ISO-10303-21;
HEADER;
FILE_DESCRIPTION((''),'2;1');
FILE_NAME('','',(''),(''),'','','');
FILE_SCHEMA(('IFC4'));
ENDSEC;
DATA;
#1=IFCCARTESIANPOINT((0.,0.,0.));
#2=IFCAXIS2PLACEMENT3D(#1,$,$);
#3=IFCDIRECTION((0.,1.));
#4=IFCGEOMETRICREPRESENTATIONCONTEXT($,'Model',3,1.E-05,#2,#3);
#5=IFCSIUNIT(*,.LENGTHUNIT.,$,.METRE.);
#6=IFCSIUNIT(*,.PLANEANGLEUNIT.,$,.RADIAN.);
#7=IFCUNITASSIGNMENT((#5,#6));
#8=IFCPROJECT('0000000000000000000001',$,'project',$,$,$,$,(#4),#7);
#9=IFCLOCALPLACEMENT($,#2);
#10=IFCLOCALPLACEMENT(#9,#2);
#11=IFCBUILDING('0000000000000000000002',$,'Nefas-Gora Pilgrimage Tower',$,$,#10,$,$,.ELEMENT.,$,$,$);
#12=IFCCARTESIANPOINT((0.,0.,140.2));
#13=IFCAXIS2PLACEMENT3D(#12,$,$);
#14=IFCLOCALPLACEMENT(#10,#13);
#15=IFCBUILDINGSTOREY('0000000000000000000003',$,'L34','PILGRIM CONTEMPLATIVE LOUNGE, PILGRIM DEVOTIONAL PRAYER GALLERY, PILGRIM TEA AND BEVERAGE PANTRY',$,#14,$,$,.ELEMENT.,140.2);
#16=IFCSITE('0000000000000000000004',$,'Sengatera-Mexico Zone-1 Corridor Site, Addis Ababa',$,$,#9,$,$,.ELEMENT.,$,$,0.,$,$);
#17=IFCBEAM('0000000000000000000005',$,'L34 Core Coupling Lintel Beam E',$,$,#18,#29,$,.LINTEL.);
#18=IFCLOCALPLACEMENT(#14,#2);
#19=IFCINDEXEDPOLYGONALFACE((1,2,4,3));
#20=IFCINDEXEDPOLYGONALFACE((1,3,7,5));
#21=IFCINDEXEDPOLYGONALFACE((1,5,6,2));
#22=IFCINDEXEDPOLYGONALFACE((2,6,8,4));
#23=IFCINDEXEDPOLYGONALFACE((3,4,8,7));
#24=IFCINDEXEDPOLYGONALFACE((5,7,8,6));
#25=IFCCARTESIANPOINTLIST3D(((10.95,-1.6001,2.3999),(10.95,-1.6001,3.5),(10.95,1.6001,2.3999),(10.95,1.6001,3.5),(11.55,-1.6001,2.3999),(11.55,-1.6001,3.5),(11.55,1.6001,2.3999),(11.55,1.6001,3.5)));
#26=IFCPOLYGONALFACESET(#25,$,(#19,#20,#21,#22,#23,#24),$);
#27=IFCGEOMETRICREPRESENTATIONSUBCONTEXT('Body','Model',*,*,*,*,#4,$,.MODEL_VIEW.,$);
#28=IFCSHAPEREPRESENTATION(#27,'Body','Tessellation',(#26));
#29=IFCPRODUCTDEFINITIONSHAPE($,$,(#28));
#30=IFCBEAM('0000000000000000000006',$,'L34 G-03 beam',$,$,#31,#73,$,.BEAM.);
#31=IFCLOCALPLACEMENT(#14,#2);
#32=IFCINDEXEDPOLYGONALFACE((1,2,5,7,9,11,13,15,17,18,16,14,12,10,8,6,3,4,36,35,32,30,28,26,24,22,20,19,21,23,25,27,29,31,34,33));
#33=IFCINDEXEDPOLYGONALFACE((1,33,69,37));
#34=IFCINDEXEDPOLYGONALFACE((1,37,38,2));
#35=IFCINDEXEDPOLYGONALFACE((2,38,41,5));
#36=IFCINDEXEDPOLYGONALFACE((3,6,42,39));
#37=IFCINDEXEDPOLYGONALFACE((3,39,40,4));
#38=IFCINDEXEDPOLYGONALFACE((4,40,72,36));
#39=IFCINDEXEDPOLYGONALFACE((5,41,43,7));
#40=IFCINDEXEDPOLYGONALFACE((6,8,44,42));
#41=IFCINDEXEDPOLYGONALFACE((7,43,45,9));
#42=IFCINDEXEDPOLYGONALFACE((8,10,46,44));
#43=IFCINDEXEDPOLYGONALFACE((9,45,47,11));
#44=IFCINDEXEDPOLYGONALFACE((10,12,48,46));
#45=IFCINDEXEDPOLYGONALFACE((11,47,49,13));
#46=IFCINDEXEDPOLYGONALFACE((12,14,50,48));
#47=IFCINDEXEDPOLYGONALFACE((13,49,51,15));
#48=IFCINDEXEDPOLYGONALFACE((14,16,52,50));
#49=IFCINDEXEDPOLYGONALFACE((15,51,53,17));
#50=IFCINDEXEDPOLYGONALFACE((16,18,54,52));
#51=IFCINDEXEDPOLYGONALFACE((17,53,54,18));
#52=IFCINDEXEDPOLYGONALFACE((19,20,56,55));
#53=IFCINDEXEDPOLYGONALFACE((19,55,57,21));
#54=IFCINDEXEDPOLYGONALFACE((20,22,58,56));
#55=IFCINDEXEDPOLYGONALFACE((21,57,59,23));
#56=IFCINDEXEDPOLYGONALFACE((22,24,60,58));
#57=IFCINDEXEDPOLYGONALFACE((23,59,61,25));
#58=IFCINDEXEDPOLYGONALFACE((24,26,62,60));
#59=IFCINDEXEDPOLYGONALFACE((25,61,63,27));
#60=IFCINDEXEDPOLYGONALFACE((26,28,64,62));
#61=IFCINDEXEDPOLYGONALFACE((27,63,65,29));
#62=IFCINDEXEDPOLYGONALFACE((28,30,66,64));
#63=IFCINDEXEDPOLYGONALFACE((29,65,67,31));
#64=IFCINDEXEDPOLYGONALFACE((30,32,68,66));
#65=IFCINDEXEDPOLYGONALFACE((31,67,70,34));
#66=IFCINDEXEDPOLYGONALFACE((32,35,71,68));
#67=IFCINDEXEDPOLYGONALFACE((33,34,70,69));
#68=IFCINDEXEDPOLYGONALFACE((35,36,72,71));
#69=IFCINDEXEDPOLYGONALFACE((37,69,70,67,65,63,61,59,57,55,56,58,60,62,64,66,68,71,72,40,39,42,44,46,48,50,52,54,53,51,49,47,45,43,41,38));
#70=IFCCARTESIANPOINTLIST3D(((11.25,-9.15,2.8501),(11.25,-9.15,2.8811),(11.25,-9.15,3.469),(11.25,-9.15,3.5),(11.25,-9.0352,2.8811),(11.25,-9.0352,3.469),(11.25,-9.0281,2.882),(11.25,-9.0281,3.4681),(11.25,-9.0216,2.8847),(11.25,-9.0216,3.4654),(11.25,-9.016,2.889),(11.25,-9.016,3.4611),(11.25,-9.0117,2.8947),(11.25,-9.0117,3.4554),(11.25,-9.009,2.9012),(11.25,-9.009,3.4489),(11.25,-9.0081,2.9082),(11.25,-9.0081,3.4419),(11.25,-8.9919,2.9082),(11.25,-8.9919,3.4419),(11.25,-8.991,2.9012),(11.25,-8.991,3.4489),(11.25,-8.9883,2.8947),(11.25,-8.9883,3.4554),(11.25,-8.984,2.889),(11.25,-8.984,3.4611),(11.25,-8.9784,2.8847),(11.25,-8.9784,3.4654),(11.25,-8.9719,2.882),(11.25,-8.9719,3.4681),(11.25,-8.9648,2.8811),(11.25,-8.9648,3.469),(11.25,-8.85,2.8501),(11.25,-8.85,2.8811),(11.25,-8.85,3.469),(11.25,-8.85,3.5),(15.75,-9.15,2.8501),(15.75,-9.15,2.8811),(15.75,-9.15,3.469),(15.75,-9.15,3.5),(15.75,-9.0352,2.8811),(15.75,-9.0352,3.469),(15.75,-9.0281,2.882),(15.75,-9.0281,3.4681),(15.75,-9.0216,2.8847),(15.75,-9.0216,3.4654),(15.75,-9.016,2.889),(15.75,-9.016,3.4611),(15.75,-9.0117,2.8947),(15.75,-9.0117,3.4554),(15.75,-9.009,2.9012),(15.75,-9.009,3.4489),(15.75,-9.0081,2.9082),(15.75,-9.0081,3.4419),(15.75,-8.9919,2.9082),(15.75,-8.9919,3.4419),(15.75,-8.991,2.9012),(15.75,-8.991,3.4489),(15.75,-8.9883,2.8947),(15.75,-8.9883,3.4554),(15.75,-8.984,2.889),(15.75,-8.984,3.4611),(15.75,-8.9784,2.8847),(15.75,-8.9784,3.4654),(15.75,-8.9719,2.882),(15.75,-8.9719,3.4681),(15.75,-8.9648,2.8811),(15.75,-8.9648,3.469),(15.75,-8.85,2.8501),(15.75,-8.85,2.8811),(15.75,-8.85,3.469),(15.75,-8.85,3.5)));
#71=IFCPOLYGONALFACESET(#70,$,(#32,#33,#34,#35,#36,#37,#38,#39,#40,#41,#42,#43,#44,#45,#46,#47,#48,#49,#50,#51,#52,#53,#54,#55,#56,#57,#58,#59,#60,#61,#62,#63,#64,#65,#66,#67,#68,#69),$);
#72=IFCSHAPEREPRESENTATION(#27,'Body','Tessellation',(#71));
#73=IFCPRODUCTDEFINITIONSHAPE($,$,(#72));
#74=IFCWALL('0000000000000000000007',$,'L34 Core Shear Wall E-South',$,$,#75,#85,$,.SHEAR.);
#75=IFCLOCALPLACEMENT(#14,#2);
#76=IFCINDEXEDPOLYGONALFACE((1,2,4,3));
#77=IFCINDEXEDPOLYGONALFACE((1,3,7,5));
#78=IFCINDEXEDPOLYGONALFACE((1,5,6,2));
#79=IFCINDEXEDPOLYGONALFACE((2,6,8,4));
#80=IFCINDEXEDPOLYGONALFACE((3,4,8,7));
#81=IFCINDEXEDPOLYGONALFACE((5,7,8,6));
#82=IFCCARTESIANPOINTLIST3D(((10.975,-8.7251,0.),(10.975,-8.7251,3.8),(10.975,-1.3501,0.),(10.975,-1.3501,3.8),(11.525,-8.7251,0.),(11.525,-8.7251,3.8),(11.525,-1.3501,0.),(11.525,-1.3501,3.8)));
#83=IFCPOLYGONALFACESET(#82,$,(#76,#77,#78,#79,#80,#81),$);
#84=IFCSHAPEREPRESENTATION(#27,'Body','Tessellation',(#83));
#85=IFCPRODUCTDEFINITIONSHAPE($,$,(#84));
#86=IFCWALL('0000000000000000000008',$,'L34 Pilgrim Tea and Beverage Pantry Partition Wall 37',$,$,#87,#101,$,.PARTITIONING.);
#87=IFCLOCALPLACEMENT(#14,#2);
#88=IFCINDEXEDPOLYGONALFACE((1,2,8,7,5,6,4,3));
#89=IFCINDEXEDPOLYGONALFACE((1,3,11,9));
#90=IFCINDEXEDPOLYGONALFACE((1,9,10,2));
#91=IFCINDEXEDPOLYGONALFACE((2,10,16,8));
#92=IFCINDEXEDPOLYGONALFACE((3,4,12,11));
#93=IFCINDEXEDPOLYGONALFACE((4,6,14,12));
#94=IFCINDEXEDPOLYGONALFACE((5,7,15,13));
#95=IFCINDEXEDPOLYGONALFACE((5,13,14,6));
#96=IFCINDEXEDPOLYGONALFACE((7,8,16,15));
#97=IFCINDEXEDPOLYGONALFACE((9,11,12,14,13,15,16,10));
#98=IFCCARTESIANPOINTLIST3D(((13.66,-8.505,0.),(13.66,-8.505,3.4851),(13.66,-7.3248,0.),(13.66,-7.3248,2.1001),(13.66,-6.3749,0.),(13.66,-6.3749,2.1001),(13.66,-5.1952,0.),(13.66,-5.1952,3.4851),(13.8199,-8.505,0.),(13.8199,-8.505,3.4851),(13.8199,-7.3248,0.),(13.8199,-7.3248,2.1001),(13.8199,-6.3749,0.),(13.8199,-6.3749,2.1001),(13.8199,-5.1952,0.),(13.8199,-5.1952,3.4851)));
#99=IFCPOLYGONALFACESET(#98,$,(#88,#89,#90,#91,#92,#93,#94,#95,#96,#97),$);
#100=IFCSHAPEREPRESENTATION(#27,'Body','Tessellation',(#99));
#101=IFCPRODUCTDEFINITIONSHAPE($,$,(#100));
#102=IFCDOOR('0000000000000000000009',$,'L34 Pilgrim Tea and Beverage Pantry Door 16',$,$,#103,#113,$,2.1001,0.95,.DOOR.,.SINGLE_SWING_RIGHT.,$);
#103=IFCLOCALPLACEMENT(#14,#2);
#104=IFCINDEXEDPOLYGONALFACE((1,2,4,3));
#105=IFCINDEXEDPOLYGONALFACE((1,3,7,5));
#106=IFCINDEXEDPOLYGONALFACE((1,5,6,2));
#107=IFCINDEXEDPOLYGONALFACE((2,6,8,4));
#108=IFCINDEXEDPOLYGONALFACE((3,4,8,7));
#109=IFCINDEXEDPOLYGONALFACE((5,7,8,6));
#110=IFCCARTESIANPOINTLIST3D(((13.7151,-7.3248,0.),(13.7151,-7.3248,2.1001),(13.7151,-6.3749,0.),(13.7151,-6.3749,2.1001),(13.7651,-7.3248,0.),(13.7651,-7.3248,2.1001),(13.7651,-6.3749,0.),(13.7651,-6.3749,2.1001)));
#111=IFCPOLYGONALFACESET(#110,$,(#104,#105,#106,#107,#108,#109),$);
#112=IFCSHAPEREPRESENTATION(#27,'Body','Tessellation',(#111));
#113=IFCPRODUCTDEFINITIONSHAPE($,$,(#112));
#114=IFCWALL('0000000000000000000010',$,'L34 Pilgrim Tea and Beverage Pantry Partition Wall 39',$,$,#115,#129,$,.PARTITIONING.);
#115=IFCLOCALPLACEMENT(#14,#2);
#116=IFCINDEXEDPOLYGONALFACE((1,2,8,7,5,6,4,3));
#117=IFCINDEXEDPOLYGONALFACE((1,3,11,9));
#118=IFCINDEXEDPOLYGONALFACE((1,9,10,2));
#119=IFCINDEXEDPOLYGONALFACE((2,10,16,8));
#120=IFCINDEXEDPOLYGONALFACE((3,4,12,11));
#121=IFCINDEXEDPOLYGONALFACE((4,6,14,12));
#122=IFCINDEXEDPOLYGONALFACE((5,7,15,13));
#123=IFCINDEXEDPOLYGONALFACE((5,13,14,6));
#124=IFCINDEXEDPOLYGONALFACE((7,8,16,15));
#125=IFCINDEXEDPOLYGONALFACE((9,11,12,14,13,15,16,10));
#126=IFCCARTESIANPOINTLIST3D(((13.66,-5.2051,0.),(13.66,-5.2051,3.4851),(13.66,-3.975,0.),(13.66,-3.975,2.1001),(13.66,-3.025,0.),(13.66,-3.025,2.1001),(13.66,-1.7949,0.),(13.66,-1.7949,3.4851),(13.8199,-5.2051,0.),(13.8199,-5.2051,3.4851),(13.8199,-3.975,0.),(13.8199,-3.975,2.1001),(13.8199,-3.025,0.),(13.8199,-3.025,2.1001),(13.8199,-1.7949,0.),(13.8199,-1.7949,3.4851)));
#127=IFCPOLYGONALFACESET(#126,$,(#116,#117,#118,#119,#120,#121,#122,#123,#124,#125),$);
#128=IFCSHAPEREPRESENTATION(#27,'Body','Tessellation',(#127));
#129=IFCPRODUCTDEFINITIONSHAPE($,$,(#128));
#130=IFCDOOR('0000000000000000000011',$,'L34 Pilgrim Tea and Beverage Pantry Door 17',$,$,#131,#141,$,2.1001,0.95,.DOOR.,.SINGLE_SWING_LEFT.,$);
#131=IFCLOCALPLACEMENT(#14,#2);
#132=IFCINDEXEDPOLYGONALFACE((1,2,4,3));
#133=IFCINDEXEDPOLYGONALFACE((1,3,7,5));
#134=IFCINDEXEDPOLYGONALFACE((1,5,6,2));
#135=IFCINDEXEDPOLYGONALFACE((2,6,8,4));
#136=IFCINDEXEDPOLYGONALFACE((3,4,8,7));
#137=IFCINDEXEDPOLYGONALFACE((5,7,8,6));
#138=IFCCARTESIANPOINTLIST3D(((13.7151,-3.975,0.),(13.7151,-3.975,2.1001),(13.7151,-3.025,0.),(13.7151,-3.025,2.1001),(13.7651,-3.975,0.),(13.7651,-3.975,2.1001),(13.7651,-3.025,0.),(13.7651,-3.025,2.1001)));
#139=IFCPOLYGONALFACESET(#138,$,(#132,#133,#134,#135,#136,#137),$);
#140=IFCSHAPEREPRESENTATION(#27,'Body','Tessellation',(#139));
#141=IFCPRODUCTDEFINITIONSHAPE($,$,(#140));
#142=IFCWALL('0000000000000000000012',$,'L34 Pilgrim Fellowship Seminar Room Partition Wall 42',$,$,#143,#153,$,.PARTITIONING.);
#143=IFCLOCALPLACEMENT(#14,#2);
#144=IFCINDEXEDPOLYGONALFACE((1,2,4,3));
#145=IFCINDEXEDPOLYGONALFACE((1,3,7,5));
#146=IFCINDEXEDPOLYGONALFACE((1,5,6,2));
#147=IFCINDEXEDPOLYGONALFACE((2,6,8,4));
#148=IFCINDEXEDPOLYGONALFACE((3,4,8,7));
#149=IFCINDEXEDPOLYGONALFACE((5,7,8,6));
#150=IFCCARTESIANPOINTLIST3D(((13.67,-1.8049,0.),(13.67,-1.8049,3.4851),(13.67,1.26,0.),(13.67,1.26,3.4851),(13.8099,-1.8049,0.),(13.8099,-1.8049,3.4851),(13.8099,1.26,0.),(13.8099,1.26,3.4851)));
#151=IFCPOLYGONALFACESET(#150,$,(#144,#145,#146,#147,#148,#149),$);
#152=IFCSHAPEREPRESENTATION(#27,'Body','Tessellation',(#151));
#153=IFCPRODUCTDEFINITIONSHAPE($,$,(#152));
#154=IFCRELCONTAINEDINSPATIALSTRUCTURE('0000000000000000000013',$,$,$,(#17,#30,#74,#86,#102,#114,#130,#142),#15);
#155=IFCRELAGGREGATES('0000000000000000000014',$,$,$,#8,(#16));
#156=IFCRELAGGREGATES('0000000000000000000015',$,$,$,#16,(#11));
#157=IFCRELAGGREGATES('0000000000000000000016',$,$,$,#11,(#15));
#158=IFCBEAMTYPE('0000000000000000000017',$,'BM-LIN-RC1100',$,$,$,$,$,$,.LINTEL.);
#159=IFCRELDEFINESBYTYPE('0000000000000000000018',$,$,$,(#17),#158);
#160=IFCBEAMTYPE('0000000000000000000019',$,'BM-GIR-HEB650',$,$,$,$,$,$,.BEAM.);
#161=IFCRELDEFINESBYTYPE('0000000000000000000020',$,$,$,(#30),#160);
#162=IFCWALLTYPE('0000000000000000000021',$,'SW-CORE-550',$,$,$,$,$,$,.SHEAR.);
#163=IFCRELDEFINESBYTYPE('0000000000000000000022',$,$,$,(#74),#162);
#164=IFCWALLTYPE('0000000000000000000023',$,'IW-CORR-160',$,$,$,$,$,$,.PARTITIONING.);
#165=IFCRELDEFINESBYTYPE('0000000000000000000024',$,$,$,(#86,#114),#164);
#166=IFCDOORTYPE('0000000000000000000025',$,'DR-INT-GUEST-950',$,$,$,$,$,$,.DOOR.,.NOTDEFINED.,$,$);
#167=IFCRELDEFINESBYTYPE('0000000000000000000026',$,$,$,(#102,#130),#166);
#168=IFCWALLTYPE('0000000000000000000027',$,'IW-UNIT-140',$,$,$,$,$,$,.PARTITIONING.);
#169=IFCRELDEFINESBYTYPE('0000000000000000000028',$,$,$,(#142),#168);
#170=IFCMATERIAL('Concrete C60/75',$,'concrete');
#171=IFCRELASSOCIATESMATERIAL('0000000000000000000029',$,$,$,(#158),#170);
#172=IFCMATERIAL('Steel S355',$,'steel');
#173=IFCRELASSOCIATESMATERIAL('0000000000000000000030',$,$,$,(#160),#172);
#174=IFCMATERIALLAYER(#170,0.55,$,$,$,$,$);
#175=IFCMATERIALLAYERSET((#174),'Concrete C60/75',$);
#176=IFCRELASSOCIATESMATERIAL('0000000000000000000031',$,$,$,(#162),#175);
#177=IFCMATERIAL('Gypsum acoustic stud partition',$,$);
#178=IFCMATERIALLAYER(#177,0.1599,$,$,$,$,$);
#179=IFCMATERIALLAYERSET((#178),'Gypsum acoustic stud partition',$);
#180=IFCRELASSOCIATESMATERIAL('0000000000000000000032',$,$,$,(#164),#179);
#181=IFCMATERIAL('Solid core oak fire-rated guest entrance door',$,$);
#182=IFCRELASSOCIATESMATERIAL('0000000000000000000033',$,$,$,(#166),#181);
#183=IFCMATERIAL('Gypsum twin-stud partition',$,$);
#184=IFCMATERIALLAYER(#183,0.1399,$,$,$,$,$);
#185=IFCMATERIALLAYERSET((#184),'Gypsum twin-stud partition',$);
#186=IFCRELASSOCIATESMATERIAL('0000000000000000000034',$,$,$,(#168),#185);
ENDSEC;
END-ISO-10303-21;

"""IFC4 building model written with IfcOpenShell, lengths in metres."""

from ifc_helpers import new_model, si_unit, direction, frame, frame_2d, origin, origin_2d, place, context, subcontext, project, spatial, rectangle, i_section, extrude, source, transform, mapped, material, layer, layer_set, material_profile, profile_set, type_object, element, fill, save


model = new_model("IFC4")

# Units and contexts
model_context = context("Model", 3, precision=1e-05, world=origin(), true_north=direction((0.0, 1.0)))
body_context = subcontext(model_context, "Body", "Model", "MODEL_VIEW")
ifc_project = project(units=[si_unit("LENGTHUNIT", "METRE"), si_unit("PLANEANGLEUNIT", "RADIAN")], contexts=[model_context])

# Site, building, storey
site_placement = place(None, origin())
site = spatial("IfcSite", under=ifc_project, at=site_placement, Name="Sengatera-Mexico Zone-1 Corridor Site, Addis Ababa", CompositionType="ELEMENT", RefElevation=0.0)
building_placement = place(site_placement, origin())
building = spatial("IfcBuilding", under=site, at=building_placement, Name="Nefas-Gora Pilgrimage Tower", CompositionType="ELEMENT")
storey_placement = place(building_placement, frame((0.0, 0.0, 140.2)))
storey = spatial("IfcBuildingStorey", under=building, at=storey_placement, Name="L34", Description="PILGRIM CONTEMPLATIVE LOUNGE, PILGRIM DEVOTIONAL PRAYER GALLERY, PILGRIM TEA AND BEVERAGE PANTRY", CompositionType="ELEMENT", Elevation=140.2)

# Beams
ifc_material_1 = material(Name="Concrete C60/75", Category="concrete")
ifc_material_profile_1 = material_profile(ifc_material_1, rectangle(XDim=0.6001, YDim=1.1001, at=origin_2d()), Name="RC 600x1100")
ifc_profile_set_1 = profile_set([ifc_material_profile_1], Name="Concrete C60/75")
beam_type_1 = type_object("IfcBeamType", Name="BM-LIN-RC1100", PredefinedType="LINTEL", material=ifc_profile_set_1)
shared_shape_1 = source(origin(), body_context, "Body", "SweptSolid", [
    extrude(rectangle(XDim=0.6001, YDim=1.1001, at=origin_2d()), origin(), (0.0, 0.0, 1.0), 3.2002),
])
beam_1_placement = place(storey_placement, frame((11.25, -1.6001, 2.95), z_axis=(0.0, 1.0, 0.0), x_axis=(-1.0, 0.0, 0.0)))
element("IfcBeam", 1, at=beam_1_placement, inside=storey, type_object=beam_type_1, Name="L34 Core Coupling Lintel Beam E", PredefinedType="LINTEL", context=body_context, shape_type="MappedRepresentation", body=[
    mapped(shared_shape_1, transform((0.0, 0.0, 0.0), x_axis=(1.0, 0.0, 0.0), y_axis=(0.0, 1.0, 0.0), z_axis=(0.0, 0.0, 1.0), scale=1.0)),
])
ifc_material_2 = material(Name="Steel S355", Category="steel")
ifc_material_profile_2 = material_profile(ifc_material_2, i_section(OverallWidth=0.3, OverallDepth=0.6499, WebThickness=0.0161, FlangeThickness=0.031, FilletRadius=0.0271, at=origin_2d()), Name="HEB 650")
ifc_profile_set_2 = profile_set([ifc_material_profile_2], Name="Steel S355")
beam_type_2 = type_object("IfcBeamType", Name="BM-GIR-HEB650", PredefinedType="BEAM", material=ifc_profile_set_2)
shared_shape_2 = source(origin(), body_context, "Body", "SweptSolid", [
    extrude(i_section(OverallWidth=0.3, OverallDepth=0.6499, WebThickness=0.0161, FlangeThickness=0.031, FilletRadius=0.0271, at=origin_2d()), origin(), (0.0, 0.0, 1.0), 4.5),
])
beam_2_placement = place(storey_placement, frame((11.25, -9.0, 3.175), z_axis=(1.0, 0.0, 0.0), x_axis=(0.0, 1.0, 0.0)))
element("IfcBeam", 2, at=beam_2_placement, inside=storey, type_object=beam_type_2, Name="L34 G-03 beam", PredefinedType="BEAM", context=body_context, shape_type="MappedRepresentation", body=[
    mapped(shared_shape_2, transform((0.0, 0.0, 0.0), x_axis=(1.0, 0.0, 0.0), y_axis=(0.0, 1.0, 0.0), z_axis=(0.0, 0.0, 1.0), scale=1.0)),
])

# Wall
ifc_layer_1 = layer(ifc_material_1, 0.55)
ifc_layer_set_1 = layer_set([ifc_layer_1], Name="Concrete C60/75")
wall_type_1 = type_object("IfcWallType", Name="SW-CORE-550", PredefinedType="SHEAR", material=ifc_layer_set_1)
shared_shape_3 = source(origin(), body_context, "Body", "SweptSolid", [
    extrude(rectangle(XDim=7.375, YDim=0.55, at=frame_2d((3.6875, 0.0))), origin(), (0.0, 0.0, 1.0), 3.8),
])
wall_1_placement = place(storey_placement, frame((11.25, -8.7251, 0.0), z_axis=(0.0, 0.0, 1.0), x_axis=(0.0, 1.0, 0.0)))
element("IfcWall", 3, at=wall_1_placement, inside=storey, type_object=wall_type_1, Name="L34 Core Shear Wall E-South", PredefinedType="SHEAR", context=body_context, shape_type="MappedRepresentation", body=[
    mapped(shared_shape_3, transform((0.0, 0.0, 0.0), x_axis=(1.0, 0.0, 0.0), y_axis=(0.0, 1.0, 0.0), z_axis=(0.0, 0.0, 1.0), scale=1.0)),
])

# Walls, openings, doors
ifc_material_3 = material(Name="Gypsum acoustic stud partition")
ifc_layer_2 = layer(ifc_material_3, 0.1599)
ifc_layer_set_2 = layer_set([ifc_layer_2], Name="Gypsum acoustic stud partition")
wall_type_2 = type_object("IfcWallType", Name="IW-CORR-160", PredefinedType="PARTITIONING", material=ifc_layer_set_2)
shared_shape_4 = source(origin(), body_context, "Body", "SweptSolid", [
    extrude(rectangle(XDim=3.3098, YDim=0.1599, at=frame_2d((1.6548, 0.0))), origin(), (0.0, 0.0, 1.0), 3.4851),
])
wall_2_placement = place(storey_placement, frame((13.74, -8.5049, 0.0), z_axis=(0.0, 0.0, 1.0), x_axis=(0.0, 1.0, 0.0)))
wall_2 = element("IfcWall", 4, at=wall_2_placement, inside=storey, type_object=wall_type_2, Name="L34 Pilgrim Tea and Beverage Pantry Partition Wall 37", PredefinedType="PARTITIONING", context=body_context, shape_type="MappedRepresentation", body=[
    mapped(shared_shape_4, transform((0.0, 0.0, 0.0), x_axis=(1.0, 0.0, 0.0), y_axis=(0.0, 1.0, 0.0), z_axis=(0.0, 0.0, 1.0), scale=1.0)),
])
opening_1_placement = place(wall_2_placement, frame((1.1799, 0.0, 0.0)))
opening_1 = element("IfcOpeningElement", 5, at=opening_1_placement, cuts=wall_2, PredefinedType="OPENING", context=body_context, shape_type="SweptSolid", body=[
    extrude(rectangle(XDim=0.95, YDim=2.1001, at=frame_2d((0.4751, 1.05))), frame((0.0, 0.0898, 0.0), z_axis=(0.0, -1.0, 0.0), x_axis=(1.0, 0.0, 0.0)), (0.0, 0.0, 1.0), 0.1799),
])
ifc_material_4 = material(Name="Solid core oak fire-rated guest entrance door")
door_type_1 = type_object("IfcDoorType", Name="DR-INT-GUEST-950", OperationType="NOTDEFINED", PredefinedType="DOOR", material=ifc_material_4)
shared_shape_5 = source(origin(), body_context, "Body", "SweptSolid", [
    extrude(rectangle(XDim=0.95, YDim=2.1001, at=frame_2d((0.4751, 1.05))), frame((0.0, 0.0249, 0.0), z_axis=(0.0, -1.0, 0.0), x_axis=(1.0, 0.0, 0.0)), (0.0, 0.0, 1.0), 0.05),
])
door_1_placement = place(opening_1_placement, origin())
door_1 = element("IfcDoor", 6, at=door_1_placement, inside=storey, type_object=door_type_1, Name="L34 Pilgrim Tea and Beverage Pantry Door 16", OperationType="SINGLE_SWING_RIGHT", OverallHeight=2.1001, OverallWidth=0.95, PredefinedType="DOOR", context=body_context, shape_type="MappedRepresentation", body=[
    mapped(shared_shape_5, transform((0.0, 0.0, 0.0), x_axis=(1.0, 0.0, 0.0), y_axis=(0.0, 1.0, 0.0), z_axis=(0.0, 0.0, 1.0), scale=1.0)),
])
fill(opening_1, door_1)
shared_shape_6 = source(origin(), body_context, "Body", "SweptSolid", [
    extrude(rectangle(XDim=3.4102, YDim=0.1599, at=frame_2d((1.7051, 0.0))), origin(), (0.0, 0.0, 1.0), 3.4851),
])
wall_3_placement = place(storey_placement, frame((13.74, -5.2051, 0.0), z_axis=(0.0, 0.0, 1.0), x_axis=(0.0, 1.0, 0.0)))
wall_3 = element("IfcWall", 7, at=wall_3_placement, inside=storey, type_object=wall_type_2, Name="L34 Pilgrim Tea and Beverage Pantry Partition Wall 39", PredefinedType="PARTITIONING", context=body_context, shape_type="MappedRepresentation", body=[
    mapped(shared_shape_6, transform((0.0, 0.0, 0.0), x_axis=(1.0, 0.0, 0.0), y_axis=(0.0, 1.0, 0.0), z_axis=(0.0, 0.0, 1.0), scale=1.0)),
])
opening_2_placement = place(wall_3_placement, frame((1.23, 0.0, 0.0)))
opening_2 = element("IfcOpeningElement", 8, at=opening_2_placement, cuts=wall_3, PredefinedType="OPENING", context=body_context, shape_type="SweptSolid", body=[
    extrude(rectangle(XDim=0.95, YDim=2.1001, at=frame_2d((0.4751, 1.05))), frame((0.0, 0.0898, 0.0), z_axis=(0.0, -1.0, 0.0), x_axis=(1.0, 0.0, 0.0)), (0.0, 0.0, 1.0), 0.1799),
])
door_2_placement = place(opening_2_placement, origin())
door_2 = element("IfcDoor", 9, at=door_2_placement, inside=storey, type_object=door_type_1, Name="L34 Pilgrim Tea and Beverage Pantry Door 17", OperationType="SINGLE_SWING_LEFT", OverallHeight=2.1001, OverallWidth=0.95, PredefinedType="DOOR", context=body_context, shape_type="MappedRepresentation", body=[
    mapped(shared_shape_5, transform((0.0, 0.0, 0.0), x_axis=(1.0, 0.0, 0.0), y_axis=(0.0, 1.0, 0.0), z_axis=(0.0, 0.0, 1.0), scale=1.0)),
])
fill(opening_2, door_2)

# Wall
ifc_material_5 = material(Name="Gypsum twin-stud partition")
ifc_layer_3 = layer(ifc_material_5, 0.1399)
ifc_layer_set_3 = layer_set([ifc_layer_3], Name="Gypsum twin-stud partition")
wall_type_3 = type_object("IfcWallType", Name="IW-UNIT-140", PredefinedType="PARTITIONING", material=ifc_layer_set_3)
shared_shape_7 = source(origin(), body_context, "Body", "SweptSolid", [
    extrude(rectangle(XDim=3.0649, YDim=0.1399, at=frame_2d((1.5325, 0.0))), origin(), (0.0, 0.0, 1.0), 3.4851),
])
wall_4_placement = place(storey_placement, frame((13.74, -1.8049, 0.0), z_axis=(0.0, 0.0, 1.0), x_axis=(0.0, 1.0, 0.0)))
element("IfcWall", 10, at=wall_4_placement, inside=storey, type_object=wall_type_3, Name="L34 Pilgrim Fellowship Seminar Room Partition Wall 42", PredefinedType="PARTITIONING", context=body_context, shape_type="MappedRepresentation", body=[
    mapped(shared_shape_7, transform((0.0, 0.0, 0.0), x_axis=(1.0, 0.0, 0.0), y_axis=(0.0, 1.0, 0.0), z_axis=(0.0, 0.0, 1.0), scale=1.0)),
])

save(model, "model.ifc")
